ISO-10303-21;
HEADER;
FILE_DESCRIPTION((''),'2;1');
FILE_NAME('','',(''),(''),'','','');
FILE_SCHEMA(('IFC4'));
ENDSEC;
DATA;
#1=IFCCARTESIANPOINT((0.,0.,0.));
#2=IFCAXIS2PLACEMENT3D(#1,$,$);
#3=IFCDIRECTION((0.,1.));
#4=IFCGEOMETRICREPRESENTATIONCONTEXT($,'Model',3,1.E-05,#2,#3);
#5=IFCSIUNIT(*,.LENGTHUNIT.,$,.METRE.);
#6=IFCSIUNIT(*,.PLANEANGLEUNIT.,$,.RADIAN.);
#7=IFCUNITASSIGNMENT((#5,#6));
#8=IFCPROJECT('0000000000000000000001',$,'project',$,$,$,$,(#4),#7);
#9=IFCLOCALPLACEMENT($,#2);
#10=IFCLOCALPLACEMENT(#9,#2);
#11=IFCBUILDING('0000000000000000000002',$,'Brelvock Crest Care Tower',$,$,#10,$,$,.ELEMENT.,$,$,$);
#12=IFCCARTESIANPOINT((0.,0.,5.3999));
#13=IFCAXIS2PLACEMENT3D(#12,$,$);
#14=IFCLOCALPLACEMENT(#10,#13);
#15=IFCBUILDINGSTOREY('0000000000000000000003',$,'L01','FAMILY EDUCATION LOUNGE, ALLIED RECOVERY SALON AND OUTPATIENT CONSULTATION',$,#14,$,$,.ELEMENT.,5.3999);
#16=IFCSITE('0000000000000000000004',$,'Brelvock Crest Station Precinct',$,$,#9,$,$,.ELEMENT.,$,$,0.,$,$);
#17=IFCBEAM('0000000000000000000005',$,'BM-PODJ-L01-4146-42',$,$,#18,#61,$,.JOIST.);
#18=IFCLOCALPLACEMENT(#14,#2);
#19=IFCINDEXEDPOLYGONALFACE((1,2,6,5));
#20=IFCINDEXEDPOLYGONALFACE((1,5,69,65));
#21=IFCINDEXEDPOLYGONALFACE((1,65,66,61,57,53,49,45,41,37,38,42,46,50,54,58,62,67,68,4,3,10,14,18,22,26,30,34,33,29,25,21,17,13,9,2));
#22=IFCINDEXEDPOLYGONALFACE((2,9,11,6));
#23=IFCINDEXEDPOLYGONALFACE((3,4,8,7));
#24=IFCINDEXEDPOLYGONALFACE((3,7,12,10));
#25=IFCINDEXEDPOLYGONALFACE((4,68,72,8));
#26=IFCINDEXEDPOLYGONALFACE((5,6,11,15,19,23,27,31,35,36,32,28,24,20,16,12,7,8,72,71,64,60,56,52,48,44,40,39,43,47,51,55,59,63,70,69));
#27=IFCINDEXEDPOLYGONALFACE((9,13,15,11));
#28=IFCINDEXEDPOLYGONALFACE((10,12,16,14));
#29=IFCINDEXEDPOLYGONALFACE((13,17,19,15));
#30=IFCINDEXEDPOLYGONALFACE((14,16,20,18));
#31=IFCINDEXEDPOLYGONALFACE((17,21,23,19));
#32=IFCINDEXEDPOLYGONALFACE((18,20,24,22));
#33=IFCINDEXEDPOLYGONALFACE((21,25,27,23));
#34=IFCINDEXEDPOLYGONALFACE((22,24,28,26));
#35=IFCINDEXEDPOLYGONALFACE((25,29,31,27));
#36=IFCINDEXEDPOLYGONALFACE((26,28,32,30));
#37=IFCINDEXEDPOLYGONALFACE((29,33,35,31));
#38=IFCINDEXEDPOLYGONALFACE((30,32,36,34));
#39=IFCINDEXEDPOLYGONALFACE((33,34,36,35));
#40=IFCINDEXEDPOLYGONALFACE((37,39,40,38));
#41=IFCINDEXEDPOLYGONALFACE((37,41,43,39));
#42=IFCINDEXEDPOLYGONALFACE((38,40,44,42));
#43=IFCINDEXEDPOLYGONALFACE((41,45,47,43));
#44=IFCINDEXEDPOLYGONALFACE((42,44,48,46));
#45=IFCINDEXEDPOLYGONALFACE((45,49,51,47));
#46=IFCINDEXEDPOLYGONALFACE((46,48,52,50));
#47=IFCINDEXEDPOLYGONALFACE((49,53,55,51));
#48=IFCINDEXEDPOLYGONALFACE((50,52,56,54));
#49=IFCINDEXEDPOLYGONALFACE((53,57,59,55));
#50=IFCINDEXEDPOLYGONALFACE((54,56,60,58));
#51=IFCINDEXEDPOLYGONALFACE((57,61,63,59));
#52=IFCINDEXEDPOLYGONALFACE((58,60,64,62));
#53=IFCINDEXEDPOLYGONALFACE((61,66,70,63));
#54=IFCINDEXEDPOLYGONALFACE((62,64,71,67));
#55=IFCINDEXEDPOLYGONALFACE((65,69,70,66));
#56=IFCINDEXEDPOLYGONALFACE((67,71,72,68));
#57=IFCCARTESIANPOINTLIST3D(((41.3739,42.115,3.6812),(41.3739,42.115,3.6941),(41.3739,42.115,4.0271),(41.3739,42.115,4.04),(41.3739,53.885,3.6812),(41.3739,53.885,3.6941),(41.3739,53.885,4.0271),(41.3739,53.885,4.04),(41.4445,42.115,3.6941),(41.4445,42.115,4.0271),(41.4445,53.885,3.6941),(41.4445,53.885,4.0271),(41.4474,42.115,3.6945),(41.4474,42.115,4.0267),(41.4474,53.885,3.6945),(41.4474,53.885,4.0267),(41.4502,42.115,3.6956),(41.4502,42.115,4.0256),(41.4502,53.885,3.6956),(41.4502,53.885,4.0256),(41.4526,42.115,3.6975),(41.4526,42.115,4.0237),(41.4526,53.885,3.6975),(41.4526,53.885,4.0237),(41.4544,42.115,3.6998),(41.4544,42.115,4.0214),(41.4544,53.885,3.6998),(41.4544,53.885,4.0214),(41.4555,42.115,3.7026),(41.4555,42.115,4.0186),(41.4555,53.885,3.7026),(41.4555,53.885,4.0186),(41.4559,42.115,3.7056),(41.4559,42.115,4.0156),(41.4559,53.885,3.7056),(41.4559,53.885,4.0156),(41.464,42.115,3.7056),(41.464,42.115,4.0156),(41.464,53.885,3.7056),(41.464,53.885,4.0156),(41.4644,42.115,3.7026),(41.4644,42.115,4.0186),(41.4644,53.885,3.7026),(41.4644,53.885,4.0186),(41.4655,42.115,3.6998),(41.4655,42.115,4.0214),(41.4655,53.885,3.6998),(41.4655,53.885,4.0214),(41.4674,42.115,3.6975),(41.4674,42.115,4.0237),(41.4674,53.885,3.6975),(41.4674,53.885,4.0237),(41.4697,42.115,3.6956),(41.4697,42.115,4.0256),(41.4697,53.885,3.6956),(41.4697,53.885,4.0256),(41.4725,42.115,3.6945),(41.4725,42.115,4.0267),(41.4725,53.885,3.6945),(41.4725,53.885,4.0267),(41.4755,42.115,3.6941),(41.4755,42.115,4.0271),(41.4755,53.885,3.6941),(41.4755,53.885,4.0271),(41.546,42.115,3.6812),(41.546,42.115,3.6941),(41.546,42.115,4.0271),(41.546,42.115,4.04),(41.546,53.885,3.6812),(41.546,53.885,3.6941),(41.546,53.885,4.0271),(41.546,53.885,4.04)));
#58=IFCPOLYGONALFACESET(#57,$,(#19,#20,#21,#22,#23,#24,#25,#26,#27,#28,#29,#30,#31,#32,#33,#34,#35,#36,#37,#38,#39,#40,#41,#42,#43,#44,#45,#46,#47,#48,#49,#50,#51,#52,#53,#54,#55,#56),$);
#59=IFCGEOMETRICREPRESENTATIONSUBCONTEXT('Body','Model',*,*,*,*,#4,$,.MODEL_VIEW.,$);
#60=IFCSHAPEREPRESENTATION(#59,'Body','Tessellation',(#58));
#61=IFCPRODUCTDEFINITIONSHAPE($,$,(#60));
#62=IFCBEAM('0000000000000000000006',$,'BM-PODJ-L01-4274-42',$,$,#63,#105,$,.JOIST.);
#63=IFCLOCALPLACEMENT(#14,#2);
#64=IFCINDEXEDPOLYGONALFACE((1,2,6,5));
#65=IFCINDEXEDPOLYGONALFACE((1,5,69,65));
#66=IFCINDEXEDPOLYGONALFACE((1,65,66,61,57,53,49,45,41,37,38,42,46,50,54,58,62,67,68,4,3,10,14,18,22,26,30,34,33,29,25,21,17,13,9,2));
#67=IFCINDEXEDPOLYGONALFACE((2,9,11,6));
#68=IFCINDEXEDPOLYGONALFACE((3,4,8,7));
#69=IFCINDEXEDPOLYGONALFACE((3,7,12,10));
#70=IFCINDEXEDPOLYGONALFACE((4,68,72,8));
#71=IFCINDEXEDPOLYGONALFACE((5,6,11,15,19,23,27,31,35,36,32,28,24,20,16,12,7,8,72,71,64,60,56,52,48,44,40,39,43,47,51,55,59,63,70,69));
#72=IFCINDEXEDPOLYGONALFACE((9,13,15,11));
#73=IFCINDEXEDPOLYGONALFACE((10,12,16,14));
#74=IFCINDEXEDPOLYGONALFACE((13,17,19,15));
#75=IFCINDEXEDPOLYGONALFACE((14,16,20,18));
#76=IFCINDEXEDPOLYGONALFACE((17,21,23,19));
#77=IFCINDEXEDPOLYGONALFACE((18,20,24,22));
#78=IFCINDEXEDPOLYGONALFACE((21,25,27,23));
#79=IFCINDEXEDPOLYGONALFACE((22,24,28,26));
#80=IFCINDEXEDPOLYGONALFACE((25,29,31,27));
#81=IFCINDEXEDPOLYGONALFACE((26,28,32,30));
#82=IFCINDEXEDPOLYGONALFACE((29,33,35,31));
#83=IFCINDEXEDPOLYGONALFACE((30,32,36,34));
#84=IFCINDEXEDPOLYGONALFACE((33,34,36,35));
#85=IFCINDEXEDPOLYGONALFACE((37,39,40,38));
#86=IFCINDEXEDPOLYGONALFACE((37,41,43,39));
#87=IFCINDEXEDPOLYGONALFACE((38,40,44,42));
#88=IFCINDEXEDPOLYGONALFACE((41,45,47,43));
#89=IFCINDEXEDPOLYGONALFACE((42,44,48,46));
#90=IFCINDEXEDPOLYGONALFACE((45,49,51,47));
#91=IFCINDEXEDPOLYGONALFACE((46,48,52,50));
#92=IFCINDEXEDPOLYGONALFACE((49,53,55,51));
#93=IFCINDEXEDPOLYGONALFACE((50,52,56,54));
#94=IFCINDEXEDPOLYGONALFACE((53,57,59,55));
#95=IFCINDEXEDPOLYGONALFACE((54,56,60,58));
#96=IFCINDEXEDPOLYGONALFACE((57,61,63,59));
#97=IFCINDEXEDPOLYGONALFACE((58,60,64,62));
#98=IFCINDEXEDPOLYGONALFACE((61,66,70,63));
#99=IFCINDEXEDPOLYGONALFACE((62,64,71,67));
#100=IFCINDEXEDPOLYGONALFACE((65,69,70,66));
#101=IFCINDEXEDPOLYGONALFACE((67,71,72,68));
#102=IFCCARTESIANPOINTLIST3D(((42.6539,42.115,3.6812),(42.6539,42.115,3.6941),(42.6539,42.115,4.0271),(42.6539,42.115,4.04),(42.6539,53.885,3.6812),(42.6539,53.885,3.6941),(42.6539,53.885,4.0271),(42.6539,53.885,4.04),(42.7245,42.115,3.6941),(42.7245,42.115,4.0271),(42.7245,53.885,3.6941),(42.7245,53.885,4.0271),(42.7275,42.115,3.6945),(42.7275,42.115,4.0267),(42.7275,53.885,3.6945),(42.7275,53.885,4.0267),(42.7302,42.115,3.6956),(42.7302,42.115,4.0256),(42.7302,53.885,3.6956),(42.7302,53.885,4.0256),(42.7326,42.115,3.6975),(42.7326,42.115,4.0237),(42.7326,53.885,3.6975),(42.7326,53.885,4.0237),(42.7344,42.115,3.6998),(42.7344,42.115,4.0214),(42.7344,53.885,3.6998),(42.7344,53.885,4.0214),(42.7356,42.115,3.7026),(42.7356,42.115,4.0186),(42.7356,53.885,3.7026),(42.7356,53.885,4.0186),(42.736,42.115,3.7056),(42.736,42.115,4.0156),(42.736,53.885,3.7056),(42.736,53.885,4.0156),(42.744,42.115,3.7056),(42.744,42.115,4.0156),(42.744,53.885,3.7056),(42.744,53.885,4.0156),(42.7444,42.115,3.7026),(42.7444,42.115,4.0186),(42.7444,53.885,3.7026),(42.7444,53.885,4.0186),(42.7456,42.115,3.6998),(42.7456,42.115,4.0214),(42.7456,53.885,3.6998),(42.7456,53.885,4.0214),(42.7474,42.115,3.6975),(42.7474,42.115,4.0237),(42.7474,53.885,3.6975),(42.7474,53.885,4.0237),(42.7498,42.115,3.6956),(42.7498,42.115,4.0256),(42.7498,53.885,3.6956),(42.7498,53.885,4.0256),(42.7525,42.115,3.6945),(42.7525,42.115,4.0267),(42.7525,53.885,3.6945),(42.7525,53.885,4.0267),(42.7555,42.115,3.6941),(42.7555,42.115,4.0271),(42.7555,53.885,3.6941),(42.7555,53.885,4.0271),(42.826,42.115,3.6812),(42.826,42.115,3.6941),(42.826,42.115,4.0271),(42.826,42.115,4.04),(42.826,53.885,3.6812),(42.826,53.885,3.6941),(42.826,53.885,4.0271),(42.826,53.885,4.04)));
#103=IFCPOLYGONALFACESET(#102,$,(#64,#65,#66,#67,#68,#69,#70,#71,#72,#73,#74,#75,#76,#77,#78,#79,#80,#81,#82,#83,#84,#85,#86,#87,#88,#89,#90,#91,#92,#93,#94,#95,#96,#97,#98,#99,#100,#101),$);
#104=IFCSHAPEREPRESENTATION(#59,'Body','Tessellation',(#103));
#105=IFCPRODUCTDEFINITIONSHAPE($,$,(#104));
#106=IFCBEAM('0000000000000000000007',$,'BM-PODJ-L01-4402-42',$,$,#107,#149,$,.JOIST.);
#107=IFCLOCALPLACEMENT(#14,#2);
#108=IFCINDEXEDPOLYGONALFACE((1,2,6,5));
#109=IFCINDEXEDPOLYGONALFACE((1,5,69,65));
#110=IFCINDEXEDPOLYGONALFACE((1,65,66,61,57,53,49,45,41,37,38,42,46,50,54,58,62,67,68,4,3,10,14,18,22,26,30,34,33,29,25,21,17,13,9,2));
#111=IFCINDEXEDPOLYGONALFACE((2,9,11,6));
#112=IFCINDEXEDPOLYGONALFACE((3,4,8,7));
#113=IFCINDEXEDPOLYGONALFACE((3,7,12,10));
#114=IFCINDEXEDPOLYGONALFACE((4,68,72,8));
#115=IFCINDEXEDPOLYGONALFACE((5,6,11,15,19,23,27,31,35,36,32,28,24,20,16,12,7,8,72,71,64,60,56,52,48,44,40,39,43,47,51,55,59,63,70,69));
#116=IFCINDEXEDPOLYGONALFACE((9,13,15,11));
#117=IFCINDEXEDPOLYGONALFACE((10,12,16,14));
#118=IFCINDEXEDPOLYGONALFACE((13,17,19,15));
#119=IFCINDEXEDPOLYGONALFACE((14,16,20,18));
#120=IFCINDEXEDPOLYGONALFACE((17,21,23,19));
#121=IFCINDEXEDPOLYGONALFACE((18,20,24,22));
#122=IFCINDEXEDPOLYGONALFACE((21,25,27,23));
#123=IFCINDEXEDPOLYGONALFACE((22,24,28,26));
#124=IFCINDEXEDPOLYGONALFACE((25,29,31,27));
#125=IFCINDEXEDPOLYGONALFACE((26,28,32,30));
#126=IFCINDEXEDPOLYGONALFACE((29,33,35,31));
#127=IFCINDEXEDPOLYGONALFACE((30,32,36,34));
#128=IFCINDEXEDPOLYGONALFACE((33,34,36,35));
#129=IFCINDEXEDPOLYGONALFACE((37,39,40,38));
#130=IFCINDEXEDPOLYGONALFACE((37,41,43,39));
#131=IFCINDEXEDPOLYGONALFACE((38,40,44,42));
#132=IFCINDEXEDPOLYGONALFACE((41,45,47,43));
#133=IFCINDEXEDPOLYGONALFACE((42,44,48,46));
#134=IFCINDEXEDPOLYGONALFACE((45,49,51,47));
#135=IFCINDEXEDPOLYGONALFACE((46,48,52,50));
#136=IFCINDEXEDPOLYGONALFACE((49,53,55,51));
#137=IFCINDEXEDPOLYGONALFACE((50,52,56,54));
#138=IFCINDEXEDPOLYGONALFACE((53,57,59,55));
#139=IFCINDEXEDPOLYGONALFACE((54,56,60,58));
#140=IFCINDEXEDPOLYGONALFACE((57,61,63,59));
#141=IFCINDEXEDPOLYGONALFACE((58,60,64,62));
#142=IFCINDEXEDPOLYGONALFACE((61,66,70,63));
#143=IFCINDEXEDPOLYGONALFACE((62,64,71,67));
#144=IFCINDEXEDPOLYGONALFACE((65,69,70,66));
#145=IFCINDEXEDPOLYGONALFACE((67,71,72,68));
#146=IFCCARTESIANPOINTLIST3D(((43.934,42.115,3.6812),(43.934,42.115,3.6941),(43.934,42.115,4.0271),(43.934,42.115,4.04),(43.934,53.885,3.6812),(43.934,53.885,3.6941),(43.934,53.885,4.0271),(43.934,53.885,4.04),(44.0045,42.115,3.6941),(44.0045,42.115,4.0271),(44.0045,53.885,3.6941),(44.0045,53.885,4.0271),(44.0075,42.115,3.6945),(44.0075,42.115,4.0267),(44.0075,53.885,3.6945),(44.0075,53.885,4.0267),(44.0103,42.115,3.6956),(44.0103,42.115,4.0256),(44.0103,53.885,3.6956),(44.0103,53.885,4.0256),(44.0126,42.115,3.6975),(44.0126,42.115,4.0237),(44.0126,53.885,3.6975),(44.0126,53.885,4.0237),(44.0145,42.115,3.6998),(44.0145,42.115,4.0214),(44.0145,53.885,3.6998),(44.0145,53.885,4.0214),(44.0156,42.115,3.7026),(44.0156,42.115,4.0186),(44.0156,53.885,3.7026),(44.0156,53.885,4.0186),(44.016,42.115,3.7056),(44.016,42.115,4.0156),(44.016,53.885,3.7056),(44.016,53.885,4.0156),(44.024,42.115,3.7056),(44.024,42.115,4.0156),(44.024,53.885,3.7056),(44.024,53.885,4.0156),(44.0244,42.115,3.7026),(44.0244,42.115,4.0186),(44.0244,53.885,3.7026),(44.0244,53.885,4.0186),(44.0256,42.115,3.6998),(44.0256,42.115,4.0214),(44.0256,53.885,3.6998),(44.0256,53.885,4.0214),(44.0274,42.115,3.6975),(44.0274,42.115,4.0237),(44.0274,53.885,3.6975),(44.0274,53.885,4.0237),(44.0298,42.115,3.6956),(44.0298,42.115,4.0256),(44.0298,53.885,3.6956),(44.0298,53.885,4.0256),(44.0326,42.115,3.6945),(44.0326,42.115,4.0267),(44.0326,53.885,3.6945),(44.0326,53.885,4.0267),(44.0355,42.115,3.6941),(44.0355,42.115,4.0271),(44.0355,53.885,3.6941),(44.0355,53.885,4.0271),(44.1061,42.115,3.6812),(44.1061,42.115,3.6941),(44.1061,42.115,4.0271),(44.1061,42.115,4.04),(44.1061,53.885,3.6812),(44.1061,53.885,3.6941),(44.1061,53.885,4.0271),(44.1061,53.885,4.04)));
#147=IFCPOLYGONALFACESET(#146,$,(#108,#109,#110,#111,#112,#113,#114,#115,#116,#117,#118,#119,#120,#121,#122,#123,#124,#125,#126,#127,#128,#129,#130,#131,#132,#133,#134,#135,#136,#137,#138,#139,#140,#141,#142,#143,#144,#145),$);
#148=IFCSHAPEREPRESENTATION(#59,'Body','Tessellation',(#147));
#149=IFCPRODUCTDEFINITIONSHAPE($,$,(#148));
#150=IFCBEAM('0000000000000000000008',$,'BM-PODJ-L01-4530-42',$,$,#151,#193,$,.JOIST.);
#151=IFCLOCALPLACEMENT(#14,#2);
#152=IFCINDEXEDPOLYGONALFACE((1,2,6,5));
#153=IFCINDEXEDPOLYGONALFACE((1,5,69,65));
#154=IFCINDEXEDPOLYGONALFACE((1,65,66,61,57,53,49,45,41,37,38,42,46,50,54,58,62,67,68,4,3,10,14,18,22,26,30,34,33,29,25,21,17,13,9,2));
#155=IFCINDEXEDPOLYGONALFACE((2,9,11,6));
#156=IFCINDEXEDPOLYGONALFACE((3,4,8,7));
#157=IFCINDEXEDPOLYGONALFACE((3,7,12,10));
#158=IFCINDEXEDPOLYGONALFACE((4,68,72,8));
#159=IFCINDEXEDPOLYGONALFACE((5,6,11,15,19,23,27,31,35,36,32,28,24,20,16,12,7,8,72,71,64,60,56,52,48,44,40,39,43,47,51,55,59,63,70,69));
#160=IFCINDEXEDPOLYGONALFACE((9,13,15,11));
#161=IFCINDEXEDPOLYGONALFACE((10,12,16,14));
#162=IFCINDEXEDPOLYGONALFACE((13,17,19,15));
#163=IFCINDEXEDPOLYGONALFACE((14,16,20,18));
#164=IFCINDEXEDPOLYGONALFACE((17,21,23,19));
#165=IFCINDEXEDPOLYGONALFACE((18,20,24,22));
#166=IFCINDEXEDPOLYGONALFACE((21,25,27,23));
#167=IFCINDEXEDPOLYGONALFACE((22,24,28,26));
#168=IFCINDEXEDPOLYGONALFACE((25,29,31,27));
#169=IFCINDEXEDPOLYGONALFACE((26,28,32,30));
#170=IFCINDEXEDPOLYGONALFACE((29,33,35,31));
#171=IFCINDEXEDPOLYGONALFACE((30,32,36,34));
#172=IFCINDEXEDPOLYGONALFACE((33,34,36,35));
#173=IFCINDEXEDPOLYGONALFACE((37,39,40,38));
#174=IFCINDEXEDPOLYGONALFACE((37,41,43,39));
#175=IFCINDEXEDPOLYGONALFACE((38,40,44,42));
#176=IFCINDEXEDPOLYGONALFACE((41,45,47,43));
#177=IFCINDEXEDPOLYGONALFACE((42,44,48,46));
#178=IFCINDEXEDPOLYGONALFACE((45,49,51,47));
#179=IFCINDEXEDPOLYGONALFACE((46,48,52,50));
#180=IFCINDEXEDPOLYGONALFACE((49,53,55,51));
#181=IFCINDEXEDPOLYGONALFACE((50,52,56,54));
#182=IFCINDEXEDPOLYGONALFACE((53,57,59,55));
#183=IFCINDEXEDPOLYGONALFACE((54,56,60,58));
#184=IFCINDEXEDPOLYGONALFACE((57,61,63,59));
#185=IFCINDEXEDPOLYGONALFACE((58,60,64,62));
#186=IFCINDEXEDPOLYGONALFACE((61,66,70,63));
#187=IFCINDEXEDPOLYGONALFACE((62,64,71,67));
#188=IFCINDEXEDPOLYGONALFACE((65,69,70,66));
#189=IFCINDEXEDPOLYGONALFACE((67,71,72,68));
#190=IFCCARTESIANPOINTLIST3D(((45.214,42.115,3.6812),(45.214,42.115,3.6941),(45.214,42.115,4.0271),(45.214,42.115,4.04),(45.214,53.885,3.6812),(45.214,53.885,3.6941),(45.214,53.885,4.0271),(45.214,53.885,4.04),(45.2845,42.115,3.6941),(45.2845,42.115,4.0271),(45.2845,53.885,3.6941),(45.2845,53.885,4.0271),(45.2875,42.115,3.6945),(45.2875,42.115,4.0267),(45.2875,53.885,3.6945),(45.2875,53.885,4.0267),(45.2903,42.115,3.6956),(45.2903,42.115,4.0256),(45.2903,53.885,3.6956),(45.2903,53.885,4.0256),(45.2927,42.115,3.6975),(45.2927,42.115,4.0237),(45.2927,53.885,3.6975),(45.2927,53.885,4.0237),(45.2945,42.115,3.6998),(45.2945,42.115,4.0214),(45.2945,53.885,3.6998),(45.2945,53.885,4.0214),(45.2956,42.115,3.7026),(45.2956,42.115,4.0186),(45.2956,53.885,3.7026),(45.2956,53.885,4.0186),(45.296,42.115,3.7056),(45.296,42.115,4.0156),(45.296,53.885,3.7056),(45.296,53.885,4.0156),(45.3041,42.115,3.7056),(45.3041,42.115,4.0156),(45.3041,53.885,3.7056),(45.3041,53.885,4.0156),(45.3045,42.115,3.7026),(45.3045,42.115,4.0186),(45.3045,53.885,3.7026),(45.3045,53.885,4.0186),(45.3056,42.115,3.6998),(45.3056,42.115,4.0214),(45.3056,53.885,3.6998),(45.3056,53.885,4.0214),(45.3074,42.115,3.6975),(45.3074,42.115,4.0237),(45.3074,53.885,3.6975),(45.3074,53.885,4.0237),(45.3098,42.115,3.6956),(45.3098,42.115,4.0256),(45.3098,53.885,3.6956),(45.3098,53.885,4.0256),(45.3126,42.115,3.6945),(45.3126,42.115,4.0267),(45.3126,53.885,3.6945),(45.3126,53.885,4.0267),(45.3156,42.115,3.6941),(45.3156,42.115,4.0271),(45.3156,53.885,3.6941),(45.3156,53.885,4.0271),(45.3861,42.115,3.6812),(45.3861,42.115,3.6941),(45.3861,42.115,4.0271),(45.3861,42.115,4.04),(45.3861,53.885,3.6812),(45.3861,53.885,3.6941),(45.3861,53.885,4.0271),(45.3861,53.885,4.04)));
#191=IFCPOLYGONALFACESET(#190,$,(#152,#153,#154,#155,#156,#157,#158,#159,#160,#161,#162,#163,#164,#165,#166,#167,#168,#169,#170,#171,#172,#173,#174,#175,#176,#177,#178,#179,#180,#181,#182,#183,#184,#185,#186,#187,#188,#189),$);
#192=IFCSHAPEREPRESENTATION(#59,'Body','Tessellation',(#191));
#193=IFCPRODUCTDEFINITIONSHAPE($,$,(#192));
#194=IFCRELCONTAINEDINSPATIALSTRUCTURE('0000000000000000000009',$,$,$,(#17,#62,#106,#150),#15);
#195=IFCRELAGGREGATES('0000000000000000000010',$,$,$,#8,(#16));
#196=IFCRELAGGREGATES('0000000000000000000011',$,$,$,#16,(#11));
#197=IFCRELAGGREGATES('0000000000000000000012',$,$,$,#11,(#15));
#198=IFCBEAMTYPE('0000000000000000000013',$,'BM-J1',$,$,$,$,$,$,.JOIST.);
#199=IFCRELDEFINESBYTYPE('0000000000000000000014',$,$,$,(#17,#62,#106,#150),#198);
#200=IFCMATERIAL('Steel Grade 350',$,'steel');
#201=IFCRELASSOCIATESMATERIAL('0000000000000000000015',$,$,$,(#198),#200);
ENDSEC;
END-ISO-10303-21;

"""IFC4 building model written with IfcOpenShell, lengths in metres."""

from ifc_helpers import new_model, si_unit, direction, frame, origin, origin_2d, place, context, subcontext, project, spatial, i_section, extrude, source, transform, mapped, material, material_profile, profile_set, type_object, element, save


model = new_model("IFC4")

# Units and contexts
model_context = context("Model", 3, precision=1e-05, world=origin(), true_north=direction((0.0, 1.0)))
body_context = subcontext(model_context, "Body", "Model", "MODEL_VIEW")
ifc_project = project(units=[si_unit("LENGTHUNIT", "METRE"), si_unit("PLANEANGLEUNIT", "RADIAN")], contexts=[model_context])

# Site, building, storey
site_placement = place(None, origin())
site = spatial("IfcSite", under=ifc_project, at=site_placement, Name="Brelvock Crest Station Precinct", CompositionType="ELEMENT", RefElevation=0.0)
building_placement = place(site_placement, origin())
building = spatial("IfcBuilding", under=site, at=building_placement, Name="Brelvock Crest Care Tower", CompositionType="ELEMENT")
storey_placement = place(building_placement, frame((0.0, 0.0, 5.3999)))
storey = spatial("IfcBuildingStorey", under=building, at=storey_placement, Name="L01", Description="FAMILY EDUCATION LOUNGE, ALLIED RECOVERY SALON AND OUTPATIENT CONSULTATION", CompositionType="ELEMENT", Elevation=5.3999)

# Shared definitions
ifc_material_1 = material(Name="Steel Grade 350", Category="steel")

# Beams
ifc_material_profile_1 = material_profile(ifc_material_1, i_section(OverallWidth=0.1721, OverallDepth=0.3589, WebThickness=0.0081, FlangeThickness=0.0129, FilletRadius=0.0115, at=origin_2d()), Name="360UB56.7")
ifc_profile_set_1 = profile_set([ifc_material_profile_1], Name="Steel Grade 350")
beam_type_1 = type_object("IfcBeamType", Name="BM-J1", PredefinedType="JOIST", material=ifc_profile_set_1)
shared_shape_1 = source(origin(), body_context, "Body", "SweptSolid", [
    extrude(i_section(OverallWidth=0.1721, OverallDepth=0.3589, WebThickness=0.0081, FlangeThickness=0.0129, FilletRadius=0.0115, at=origin_2d()), origin(), (0.0, 0.0, 1.0), 11.77),
])
for number, where, z_axis, x_axis, name in (
    (1, (41.46, 42.115, 3.8606), (0.0, 1.0, 0.0), (-1.0, 0.0, 0.0), "BM-PODJ-L01-4146-42"),
    (2, (42.74, 42.115, 3.8606), (0.0, 1.0, 0.0), (-1.0, 0.0, 0.0), "BM-PODJ-L01-4274-42"),
    (3, (44.02, 42.115, 3.8606), (0.0, 1.0, 0.0), (-1.0, 0.0, 0.0), "BM-PODJ-L01-4402-42"),
    (4, (45.3, 42.115, 3.8606), (0.0, 1.0, 0.0), (-1.0, 0.0, 0.0), "BM-PODJ-L01-4530-42"),
):
    element("IfcBeam", number, at=place(storey_placement, frame(where, z_axis=z_axis, x_axis=x_axis)), inside=storey, type_object=beam_type_1, Name=name, PredefinedType="JOIST", context=body_context, shape_type="MappedRepresentation", body=[
        mapped(shared_shape_1, transform((0.0, 0.0, 0.0), x_axis=(1.0, 0.0, 0.0), y_axis=(0.0, 1.0, 0.0), z_axis=(0.0, 0.0, 1.0), scale=1.0)),
    ])

save(model, "model.ifc")
